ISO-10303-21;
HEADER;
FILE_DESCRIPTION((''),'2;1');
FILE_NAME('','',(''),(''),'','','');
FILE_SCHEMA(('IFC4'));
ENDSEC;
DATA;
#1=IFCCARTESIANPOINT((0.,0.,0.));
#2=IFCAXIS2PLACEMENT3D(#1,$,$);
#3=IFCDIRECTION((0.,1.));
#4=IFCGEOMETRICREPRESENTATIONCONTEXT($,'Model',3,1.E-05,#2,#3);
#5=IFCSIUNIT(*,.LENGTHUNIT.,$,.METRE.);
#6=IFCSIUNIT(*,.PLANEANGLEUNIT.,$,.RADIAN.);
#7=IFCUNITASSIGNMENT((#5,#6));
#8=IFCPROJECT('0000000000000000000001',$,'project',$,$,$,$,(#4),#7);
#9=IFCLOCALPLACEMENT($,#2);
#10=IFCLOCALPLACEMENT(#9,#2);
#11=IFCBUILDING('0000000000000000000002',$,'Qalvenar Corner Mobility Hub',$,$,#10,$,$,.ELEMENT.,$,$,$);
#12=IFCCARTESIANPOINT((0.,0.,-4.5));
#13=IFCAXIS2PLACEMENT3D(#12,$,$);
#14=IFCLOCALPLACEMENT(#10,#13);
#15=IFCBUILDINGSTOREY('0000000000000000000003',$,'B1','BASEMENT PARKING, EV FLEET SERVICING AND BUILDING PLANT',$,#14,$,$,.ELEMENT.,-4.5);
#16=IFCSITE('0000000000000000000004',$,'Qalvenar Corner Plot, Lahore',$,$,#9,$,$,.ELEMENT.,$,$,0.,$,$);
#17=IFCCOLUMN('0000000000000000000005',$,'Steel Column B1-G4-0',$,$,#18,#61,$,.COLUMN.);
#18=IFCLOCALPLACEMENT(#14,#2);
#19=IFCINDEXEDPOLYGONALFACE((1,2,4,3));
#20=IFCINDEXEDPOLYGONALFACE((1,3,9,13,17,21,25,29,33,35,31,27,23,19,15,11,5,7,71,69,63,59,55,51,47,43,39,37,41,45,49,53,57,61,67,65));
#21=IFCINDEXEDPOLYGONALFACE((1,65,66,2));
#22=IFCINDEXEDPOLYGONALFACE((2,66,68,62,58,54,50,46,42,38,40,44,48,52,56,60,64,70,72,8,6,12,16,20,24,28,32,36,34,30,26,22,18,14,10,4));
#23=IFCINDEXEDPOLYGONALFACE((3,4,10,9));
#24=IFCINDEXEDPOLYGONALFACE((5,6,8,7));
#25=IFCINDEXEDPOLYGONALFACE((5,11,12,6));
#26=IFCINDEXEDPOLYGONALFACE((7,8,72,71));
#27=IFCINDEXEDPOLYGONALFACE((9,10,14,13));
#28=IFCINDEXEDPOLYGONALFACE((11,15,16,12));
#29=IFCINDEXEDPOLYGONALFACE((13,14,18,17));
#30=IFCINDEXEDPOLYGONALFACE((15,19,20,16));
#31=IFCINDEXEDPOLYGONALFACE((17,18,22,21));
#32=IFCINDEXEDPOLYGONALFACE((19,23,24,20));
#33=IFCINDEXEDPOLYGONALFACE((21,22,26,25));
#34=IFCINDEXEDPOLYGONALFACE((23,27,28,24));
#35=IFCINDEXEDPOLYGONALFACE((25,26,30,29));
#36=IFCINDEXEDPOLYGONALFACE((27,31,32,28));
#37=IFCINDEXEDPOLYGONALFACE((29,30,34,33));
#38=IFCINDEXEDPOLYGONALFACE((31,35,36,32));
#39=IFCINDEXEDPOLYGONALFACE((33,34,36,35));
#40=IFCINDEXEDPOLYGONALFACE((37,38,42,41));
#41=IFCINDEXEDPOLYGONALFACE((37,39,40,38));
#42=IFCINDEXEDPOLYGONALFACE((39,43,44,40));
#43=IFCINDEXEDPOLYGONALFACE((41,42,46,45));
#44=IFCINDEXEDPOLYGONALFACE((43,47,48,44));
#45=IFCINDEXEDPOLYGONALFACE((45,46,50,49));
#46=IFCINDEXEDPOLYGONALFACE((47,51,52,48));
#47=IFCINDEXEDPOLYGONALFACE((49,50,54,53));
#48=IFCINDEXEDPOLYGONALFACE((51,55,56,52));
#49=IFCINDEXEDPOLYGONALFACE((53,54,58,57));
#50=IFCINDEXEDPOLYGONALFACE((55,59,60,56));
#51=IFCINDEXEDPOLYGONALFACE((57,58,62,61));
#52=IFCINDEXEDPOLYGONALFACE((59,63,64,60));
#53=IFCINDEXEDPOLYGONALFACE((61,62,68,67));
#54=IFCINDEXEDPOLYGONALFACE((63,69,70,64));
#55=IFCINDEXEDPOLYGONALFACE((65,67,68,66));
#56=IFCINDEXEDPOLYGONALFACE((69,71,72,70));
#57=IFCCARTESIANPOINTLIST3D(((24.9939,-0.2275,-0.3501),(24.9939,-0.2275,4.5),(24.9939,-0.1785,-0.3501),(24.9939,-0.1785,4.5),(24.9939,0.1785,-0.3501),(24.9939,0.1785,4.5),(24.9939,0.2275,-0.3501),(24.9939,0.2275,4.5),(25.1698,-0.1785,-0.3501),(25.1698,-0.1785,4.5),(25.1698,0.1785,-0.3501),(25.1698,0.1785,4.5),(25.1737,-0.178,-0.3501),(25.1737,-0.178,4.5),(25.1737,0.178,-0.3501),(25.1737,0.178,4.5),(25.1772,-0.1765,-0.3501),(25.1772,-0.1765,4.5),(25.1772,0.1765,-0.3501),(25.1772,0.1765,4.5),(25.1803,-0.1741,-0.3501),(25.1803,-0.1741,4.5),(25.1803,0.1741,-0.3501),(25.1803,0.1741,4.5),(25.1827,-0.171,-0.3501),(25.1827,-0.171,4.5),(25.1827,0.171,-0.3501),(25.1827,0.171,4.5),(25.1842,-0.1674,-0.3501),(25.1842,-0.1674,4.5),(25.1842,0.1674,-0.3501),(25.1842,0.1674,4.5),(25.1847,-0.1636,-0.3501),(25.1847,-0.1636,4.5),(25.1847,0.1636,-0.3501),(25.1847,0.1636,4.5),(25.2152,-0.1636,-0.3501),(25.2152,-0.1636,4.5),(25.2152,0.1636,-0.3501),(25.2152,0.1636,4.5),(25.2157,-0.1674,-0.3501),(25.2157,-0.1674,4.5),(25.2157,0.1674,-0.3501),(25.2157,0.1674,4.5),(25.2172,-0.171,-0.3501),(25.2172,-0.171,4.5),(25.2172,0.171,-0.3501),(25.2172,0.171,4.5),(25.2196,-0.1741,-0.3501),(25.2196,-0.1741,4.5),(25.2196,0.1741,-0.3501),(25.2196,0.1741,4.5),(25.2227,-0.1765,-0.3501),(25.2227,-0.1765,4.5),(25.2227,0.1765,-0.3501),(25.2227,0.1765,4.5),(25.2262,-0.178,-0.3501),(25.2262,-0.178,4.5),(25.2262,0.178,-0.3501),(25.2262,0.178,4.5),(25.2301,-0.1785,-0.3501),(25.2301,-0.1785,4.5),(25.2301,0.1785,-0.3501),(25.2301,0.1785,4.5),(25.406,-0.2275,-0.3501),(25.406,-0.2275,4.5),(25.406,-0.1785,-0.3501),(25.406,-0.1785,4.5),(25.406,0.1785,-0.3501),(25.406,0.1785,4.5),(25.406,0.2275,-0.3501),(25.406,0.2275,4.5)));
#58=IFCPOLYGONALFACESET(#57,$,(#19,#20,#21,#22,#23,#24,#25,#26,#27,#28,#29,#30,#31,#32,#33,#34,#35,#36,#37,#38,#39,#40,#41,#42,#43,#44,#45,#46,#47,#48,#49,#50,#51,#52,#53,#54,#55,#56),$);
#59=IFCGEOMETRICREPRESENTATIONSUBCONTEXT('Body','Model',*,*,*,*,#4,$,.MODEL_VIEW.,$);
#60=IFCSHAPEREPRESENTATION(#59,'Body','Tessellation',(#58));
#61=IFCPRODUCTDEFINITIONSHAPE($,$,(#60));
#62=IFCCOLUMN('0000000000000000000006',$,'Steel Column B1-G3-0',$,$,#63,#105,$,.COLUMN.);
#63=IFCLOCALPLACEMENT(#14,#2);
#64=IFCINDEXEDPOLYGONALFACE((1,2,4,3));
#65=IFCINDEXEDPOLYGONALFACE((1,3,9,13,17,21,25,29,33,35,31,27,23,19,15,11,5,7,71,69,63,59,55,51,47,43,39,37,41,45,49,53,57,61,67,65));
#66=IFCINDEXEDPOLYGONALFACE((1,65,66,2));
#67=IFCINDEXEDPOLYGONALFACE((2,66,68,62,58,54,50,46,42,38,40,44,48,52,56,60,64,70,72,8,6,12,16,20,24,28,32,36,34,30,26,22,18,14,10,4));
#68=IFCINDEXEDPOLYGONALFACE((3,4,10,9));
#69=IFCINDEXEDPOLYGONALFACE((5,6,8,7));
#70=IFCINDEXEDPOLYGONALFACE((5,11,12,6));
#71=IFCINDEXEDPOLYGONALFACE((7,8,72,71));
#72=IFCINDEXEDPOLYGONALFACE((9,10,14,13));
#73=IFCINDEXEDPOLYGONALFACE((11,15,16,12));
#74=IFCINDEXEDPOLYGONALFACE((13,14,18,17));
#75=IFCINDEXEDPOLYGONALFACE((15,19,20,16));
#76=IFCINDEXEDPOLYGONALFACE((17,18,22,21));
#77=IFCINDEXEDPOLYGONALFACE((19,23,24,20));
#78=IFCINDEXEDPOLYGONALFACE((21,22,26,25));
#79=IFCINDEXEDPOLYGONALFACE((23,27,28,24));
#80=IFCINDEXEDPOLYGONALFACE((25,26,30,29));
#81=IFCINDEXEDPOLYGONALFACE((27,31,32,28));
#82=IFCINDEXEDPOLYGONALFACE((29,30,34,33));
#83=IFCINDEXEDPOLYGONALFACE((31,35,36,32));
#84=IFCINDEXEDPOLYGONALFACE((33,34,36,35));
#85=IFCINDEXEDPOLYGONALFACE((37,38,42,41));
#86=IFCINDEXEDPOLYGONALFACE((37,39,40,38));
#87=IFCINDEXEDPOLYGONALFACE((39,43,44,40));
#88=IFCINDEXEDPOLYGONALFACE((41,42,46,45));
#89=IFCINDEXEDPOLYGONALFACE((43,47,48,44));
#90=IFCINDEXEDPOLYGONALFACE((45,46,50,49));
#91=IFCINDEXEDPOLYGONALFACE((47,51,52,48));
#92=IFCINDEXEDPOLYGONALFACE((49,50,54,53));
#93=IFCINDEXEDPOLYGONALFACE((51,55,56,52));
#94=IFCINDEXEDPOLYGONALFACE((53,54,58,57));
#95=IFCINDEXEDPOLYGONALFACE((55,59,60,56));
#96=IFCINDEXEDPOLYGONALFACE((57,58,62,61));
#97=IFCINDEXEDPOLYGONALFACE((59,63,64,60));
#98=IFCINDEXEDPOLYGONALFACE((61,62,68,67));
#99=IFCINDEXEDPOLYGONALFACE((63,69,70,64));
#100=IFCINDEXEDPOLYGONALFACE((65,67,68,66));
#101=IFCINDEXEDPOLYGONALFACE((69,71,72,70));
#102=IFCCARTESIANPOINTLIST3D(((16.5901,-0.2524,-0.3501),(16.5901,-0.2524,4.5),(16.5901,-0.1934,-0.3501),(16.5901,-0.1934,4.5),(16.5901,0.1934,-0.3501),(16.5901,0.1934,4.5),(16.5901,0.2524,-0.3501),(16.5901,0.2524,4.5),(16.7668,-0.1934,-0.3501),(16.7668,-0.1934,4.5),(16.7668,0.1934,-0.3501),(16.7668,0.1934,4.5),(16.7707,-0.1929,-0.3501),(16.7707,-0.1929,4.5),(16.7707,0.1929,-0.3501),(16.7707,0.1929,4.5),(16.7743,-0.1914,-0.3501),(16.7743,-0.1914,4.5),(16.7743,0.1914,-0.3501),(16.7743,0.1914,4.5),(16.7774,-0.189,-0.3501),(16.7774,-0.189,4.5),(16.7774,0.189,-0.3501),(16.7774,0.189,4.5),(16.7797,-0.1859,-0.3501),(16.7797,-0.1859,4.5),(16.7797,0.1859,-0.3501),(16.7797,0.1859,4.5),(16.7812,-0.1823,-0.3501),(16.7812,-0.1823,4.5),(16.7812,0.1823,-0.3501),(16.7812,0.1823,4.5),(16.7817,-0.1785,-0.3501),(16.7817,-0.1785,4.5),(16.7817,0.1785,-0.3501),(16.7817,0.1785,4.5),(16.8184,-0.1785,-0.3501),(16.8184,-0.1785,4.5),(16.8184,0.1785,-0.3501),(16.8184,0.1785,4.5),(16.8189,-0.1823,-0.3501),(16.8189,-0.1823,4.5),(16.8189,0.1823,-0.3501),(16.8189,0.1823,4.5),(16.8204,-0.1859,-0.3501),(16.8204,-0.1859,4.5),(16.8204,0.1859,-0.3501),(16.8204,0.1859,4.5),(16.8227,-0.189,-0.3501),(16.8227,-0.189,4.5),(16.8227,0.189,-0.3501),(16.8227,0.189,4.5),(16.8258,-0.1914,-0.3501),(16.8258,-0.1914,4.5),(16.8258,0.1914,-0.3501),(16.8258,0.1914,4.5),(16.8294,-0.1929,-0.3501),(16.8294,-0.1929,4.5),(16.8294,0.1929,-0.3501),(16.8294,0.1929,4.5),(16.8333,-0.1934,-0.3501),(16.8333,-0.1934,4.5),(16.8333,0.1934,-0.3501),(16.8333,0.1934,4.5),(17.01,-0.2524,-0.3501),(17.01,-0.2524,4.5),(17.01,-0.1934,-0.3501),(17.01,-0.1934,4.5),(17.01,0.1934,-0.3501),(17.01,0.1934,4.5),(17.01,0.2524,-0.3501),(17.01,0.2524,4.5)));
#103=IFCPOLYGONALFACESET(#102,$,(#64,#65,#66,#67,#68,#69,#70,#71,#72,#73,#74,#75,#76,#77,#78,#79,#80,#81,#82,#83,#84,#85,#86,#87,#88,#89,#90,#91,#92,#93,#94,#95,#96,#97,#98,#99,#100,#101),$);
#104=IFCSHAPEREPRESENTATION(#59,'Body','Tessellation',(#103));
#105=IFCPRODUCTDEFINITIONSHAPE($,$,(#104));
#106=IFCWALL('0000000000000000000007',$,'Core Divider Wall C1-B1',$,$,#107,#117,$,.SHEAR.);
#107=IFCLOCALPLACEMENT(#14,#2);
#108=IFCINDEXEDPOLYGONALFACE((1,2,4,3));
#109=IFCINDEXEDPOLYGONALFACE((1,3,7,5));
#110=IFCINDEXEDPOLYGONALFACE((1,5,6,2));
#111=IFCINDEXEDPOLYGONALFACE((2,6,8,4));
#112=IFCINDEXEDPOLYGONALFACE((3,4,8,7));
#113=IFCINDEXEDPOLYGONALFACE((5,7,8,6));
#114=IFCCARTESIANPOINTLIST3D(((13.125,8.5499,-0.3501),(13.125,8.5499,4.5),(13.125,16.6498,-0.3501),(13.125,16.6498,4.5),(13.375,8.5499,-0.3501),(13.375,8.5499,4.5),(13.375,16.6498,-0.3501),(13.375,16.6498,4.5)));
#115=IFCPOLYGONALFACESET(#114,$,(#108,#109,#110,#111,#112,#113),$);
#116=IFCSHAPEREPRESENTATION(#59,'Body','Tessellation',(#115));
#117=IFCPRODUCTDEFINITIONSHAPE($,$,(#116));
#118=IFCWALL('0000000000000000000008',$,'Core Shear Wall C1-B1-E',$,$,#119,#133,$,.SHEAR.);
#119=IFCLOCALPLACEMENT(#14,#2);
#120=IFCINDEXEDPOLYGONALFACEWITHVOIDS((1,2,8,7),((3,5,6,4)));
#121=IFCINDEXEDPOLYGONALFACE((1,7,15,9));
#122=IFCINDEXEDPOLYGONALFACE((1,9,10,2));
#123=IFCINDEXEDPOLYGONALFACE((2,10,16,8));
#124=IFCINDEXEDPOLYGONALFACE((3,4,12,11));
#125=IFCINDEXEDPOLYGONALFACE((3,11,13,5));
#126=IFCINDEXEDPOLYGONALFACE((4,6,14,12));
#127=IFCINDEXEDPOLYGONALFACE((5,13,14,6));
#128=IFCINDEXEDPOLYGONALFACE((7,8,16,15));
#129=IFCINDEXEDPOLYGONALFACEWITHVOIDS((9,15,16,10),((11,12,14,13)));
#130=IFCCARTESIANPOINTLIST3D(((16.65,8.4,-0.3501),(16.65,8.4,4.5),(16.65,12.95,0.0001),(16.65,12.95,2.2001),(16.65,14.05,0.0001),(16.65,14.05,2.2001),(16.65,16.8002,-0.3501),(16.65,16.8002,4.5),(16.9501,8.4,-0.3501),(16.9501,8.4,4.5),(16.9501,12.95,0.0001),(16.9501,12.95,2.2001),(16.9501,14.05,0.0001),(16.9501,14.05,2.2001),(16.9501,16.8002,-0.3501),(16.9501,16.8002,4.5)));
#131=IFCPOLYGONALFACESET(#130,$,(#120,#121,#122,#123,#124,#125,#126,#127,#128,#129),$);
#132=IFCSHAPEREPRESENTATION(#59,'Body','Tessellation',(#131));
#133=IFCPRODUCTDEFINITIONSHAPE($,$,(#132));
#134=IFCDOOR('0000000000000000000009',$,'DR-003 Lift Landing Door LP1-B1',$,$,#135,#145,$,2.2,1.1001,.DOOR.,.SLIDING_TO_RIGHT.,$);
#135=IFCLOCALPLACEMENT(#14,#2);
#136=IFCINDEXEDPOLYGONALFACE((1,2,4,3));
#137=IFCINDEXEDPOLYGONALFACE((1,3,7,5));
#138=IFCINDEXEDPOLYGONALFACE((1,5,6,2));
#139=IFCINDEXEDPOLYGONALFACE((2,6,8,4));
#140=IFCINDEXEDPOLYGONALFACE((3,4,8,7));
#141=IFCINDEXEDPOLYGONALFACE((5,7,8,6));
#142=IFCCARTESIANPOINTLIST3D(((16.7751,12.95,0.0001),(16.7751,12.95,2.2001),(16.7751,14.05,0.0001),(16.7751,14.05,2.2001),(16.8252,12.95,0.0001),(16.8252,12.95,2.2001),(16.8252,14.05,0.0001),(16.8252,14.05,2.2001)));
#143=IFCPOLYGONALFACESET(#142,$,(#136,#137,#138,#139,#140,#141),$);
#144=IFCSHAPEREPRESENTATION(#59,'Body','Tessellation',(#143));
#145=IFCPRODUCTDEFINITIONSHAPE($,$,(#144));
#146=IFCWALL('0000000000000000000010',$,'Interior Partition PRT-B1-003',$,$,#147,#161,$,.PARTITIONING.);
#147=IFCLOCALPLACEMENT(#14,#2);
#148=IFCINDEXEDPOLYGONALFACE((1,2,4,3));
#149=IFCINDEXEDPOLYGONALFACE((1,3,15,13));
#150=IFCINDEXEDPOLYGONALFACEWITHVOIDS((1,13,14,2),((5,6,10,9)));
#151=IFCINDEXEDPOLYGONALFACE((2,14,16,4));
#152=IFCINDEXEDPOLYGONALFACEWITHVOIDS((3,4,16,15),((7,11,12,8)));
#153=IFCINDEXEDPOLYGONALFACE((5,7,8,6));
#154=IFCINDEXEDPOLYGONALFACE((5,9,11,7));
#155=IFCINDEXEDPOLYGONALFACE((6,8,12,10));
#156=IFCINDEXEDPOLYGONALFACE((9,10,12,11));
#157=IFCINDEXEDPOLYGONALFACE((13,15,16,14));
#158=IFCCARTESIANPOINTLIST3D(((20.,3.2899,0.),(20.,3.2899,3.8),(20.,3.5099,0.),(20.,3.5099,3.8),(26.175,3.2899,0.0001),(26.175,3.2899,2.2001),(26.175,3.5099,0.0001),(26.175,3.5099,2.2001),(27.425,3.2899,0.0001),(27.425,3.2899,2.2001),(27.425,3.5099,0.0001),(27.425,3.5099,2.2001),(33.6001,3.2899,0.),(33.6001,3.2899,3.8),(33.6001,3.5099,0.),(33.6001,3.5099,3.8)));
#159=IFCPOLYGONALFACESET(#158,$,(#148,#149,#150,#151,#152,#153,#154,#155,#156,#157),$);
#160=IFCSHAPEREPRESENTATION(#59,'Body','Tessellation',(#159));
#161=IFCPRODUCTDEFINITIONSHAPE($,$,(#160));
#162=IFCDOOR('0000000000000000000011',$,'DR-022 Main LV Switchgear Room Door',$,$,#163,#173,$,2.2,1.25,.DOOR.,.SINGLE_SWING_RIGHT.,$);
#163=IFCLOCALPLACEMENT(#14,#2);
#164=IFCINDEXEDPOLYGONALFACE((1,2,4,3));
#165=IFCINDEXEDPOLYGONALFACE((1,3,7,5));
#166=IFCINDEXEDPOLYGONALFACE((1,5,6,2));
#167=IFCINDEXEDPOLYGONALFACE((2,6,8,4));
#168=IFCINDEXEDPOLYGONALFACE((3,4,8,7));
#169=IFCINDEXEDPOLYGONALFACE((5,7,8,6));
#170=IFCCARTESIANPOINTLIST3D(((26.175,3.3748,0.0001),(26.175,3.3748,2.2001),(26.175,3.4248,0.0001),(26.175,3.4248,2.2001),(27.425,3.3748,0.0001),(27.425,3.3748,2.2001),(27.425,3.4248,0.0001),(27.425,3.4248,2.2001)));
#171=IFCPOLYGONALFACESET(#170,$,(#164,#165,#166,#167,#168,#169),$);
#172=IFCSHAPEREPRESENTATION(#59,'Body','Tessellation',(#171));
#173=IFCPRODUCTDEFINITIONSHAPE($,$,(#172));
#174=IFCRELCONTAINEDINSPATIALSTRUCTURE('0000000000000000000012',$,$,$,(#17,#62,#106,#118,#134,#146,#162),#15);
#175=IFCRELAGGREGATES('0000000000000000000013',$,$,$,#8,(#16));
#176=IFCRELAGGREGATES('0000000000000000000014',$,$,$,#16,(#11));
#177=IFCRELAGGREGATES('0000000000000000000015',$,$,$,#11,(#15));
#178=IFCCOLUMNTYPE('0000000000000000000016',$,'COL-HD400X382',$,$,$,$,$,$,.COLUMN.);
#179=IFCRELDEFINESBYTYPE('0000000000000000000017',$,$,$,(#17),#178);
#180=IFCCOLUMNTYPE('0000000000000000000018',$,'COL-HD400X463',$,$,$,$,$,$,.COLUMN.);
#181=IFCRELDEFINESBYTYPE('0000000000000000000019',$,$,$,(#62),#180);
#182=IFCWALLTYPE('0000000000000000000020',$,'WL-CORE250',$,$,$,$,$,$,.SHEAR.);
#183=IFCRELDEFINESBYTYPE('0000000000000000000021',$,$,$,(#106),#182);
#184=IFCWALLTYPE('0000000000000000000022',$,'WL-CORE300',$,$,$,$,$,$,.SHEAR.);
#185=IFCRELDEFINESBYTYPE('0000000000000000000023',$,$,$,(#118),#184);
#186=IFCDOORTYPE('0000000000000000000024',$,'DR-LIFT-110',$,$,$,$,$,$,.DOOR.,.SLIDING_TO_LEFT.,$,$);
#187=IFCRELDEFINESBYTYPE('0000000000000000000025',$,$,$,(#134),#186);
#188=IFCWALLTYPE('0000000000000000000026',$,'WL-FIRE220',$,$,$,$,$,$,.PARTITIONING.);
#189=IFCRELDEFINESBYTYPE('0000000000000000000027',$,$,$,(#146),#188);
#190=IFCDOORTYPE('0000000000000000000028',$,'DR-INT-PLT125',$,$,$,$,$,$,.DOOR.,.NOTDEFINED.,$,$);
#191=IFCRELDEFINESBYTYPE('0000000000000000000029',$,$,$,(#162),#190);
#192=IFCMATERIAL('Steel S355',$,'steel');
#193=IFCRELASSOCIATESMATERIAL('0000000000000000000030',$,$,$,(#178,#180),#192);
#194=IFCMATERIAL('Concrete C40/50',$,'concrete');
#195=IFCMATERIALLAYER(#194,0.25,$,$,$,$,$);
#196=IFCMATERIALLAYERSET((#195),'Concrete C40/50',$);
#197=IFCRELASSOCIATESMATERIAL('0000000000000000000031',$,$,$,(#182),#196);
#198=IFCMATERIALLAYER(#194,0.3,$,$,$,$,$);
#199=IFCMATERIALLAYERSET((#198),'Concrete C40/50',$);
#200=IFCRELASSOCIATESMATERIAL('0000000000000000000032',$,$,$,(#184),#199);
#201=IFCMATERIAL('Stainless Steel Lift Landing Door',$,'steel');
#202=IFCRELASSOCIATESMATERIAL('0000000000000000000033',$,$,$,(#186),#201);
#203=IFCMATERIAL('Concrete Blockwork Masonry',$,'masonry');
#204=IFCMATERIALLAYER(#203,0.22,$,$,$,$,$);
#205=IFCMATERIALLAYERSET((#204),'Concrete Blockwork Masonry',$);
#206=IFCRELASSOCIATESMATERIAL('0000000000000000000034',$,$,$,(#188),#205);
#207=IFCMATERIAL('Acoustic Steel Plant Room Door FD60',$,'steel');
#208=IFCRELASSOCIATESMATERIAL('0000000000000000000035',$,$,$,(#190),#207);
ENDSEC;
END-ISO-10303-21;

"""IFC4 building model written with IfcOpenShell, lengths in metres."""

from ifc_helpers import new_model, si_unit, direction, frame, frame_2d, origin, origin_2d, place, context, subcontext, project, spatial, rectangle, i_section, extrude, material, layer, layer_set, material_profile, profile_set, type_object, element, fill, save


model = new_model("IFC4")

# Units and contexts
model_context = context("Model", 3, precision=1e-05, world=origin(), true_north=direction((0.0, 1.0)))
body_context = subcontext(model_context, "Body", "Model", "MODEL_VIEW")
ifc_project = project(units=[si_unit("LENGTHUNIT", "METRE"), si_unit("PLANEANGLEUNIT", "RADIAN")], contexts=[model_context])

# Site, building, storey
site_placement = place(None, origin())
site = spatial("IfcSite", under=ifc_project, at=site_placement, Name="Qalvenar Corner Plot, Lahore", CompositionType="ELEMENT", RefElevation=0.0)
building_placement = place(site_placement, origin())
building = spatial("IfcBuilding", under=site, at=building_placement, Name="Qalvenar Corner Mobility Hub", CompositionType="ELEMENT")
storey_placement = place(building_placement, frame((0.0, 0.0, -4.5)))
storey = spatial("IfcBuildingStorey", under=building, at=storey_placement, Name="B1", Description="BASEMENT PARKING, EV FLEET SERVICING AND BUILDING PLANT", CompositionType="ELEMENT", Elevation=-4.5)

# Shared definitions
ifc_material_1 = material(Name="Concrete C40/50", Category="concrete")

# Columns
ifc_material_2 = material(Name="Steel S355", Category="steel")
ifc_material_profile_1 = material_profile(ifc_material_2, i_section(OverallWidth=0.4121, OverallDepth=0.4551, WebThickness=0.0305, FlangeThickness=0.0491, FilletRadius=0.0149, at=origin_2d()), Name="HD400x421")
ifc_profile_set_1 = profile_set([ifc_material_profile_1], Name="Steel S355")
column_type_1 = type_object("IfcColumnType", Name="COL-HD400X382", PredefinedType="COLUMN", material=ifc_profile_set_1)
column_1_placement = place(storey_placement, frame((25.2, 0.0, -0.3501), z_axis=(0.0, 0.0, 1.0), x_axis=(1.0, 0.0, 0.0)))
element("IfcColumn", 1, at=column_1_placement, inside=storey, type_object=column_type_1, Name="Steel Column B1-G4-0", PredefinedType="COLUMN", context=body_context, shape_type="SweptSolid", body=[
    extrude(i_section(OverallWidth=0.4121, OverallDepth=0.4551, WebThickness=0.0305, FlangeThickness=0.0491, FilletRadius=0.0149, at=origin_2d()), origin(), (0.0, 0.0, 1.0), 4.8501),
])
ifc_material_profile_2 = material_profile(ifc_material_2, i_section(OverallWidth=0.4199, OverallDepth=0.5049, WebThickness=0.0366, FlangeThickness=0.0591, FilletRadius=0.0149, at=origin_2d()), Name="HD400x551")
ifc_profile_set_2 = profile_set([ifc_material_profile_2], Name="Steel S355")
column_type_2 = type_object("IfcColumnType", Name="COL-HD400X463", PredefinedType="COLUMN", material=ifc_profile_set_2)
column_2_placement = place(storey_placement, frame((16.8, 0.0, -0.3501), z_axis=(0.0, 0.0, 1.0), x_axis=(1.0, 0.0, 0.0)))
element("IfcColumn", 2, at=column_2_placement, inside=storey, type_object=column_type_2, Name="Steel Column B1-G3-0", PredefinedType="COLUMN", context=body_context, shape_type="SweptSolid", body=[
    extrude(i_section(OverallWidth=0.4199, OverallDepth=0.5049, WebThickness=0.0366, FlangeThickness=0.0591, FilletRadius=0.0149, at=origin_2d()), origin(), (0.0, 0.0, 1.0), 4.8501),
])

# Wall
ifc_layer_1 = layer(ifc_material_1, 0.25)
ifc_layer_set_1 = layer_set([ifc_layer_1], Name="Concrete C40/50")
wall_type_1 = type_object("IfcWallType", Name="WL-CORE250", PredefinedType="SHEAR", material=ifc_layer_set_1)
wall_1_placement = place(storey_placement, frame((13.25, 8.55, -0.3501), z_axis=(0.0, 0.0, 1.0), x_axis=(0.0, 1.0, 0.0)))
element("IfcWall", 3, at=wall_1_placement, inside=storey, type_object=wall_type_1, Name="Core Divider Wall C1-B1", PredefinedType="SHEAR", context=body_context, shape_type="SweptSolid", body=[
    extrude(rectangle(XDim=8.0999, YDim=0.25, at=frame_2d((4.0498, 0.0))), origin(), (0.0, 0.0, 1.0), 4.8501),
])

# Walls, openings, doors
ifc_layer_2 = layer(ifc_material_1, 0.3)
ifc_layer_set_2 = layer_set([ifc_layer_2], Name="Concrete C40/50")
wall_type_2 = type_object("IfcWallType", Name="WL-CORE300", PredefinedType="SHEAR", material=ifc_layer_set_2)
wall_2_placement = place(storey_placement, frame((16.8, 8.3999, -0.3501), z_axis=(0.0, 0.0, 1.0), x_axis=(0.0, 1.0, 0.0)))
wall_2 = element("IfcWall", 4, at=wall_2_placement, inside=storey, type_object=wall_type_2, Name="Core Shear Wall C1-B1-E", PredefinedType="SHEAR", context=body_context, shape_type="SweptSolid", body=[
    extrude(rectangle(XDim=8.4001, YDim=0.3, at=frame_2d((4.2002, 0.0))), origin(), (0.0, 0.0, 1.0), 4.8501),
])
opening_1_placement = place(wall_2_placement, frame((4.55, 0.0, 0.3501)))
opening_1 = element("IfcOpeningElement", 5, at=opening_1_placement, cuts=wall_2, PredefinedType="OPENING", context=body_context, shape_type="SweptSolid", body=[
    extrude(rectangle(XDim=1.1001, YDim=2.2, at=frame_2d((0.55, 1.1001))), frame((0.0, 0.1602, 0.0), z_axis=(0.0, -1.0, 0.0), x_axis=(1.0, 0.0, 0.0)), (0.0, 0.0, 1.0), 0.3201),
])
ifc_material_3 = material(Name="Stainless Steel Lift Landing Door", Category="steel")
door_type_1 = type_object("IfcDoorType", Name="DR-LIFT-110", OperationType="SLIDING_TO_LEFT", PredefinedType="DOOR", material=ifc_material_3)
door_1_placement = place(opening_1_placement, origin())
door_1 = element("IfcDoor", 6, at=door_1_placement, inside=storey, type_object=door_type_1, Name="DR-003 Lift Landing Door LP1-B1", OperationType="SLIDING_TO_RIGHT", OverallHeight=2.2, OverallWidth=1.1001, PredefinedType="DOOR", context=body_context, shape_type="SweptSolid", body=[
    extrude(rectangle(XDim=1.1001, YDim=2.2, at=frame_2d((0.55, 1.1001))), frame((0.0, 0.0249, 0.0), z_axis=(0.0, -1.0, 0.0), x_axis=(1.0, 0.0, 0.0)), (0.0, 0.0, 1.0), 0.05),
])
fill(opening_1, door_1)
ifc_material_4 = material(Name="Concrete Blockwork Masonry", Category="masonry")
ifc_layer_3 = layer(ifc_material_4, 0.22)
ifc_layer_set_3 = layer_set([ifc_layer_3], Name="Concrete Blockwork Masonry")
wall_type_3 = type_object("IfcWallType", Name="WL-FIRE220", PredefinedType="PARTITIONING", material=ifc_layer_set_3)
wall_3_placement = place(storey_placement, frame((20.0, 3.3999, 0.0), z_axis=(0.0, 0.0, 1.0), x_axis=(1.0, 0.0, 0.0)))
wall_3 = element("IfcWall", 7, at=wall_3_placement, inside=storey, type_object=wall_type_3, Name="Interior Partition PRT-B1-003", PredefinedType="PARTITIONING", context=body_context, shape_type="SweptSolid", body=[
    extrude(rectangle(XDim=13.6001, YDim=0.22, at=frame_2d((6.8, 0.0))), origin(), (0.0, 0.0, 1.0), 3.8),
])
opening_2_placement = place(wall_3_placement, frame((6.175, 0.0, 0.0)))
opening_2 = element("IfcOpeningElement", 8, at=opening_2_placement, cuts=wall_3, PredefinedType="OPENING", context=body_context, shape_type="SweptSolid", body=[
    extrude(rectangle(XDim=1.25, YDim=2.2, at=frame_2d((0.625, 1.1001))), frame((0.0, 0.1201, 0.0), z_axis=(0.0, -1.0, 0.0), x_axis=(1.0, 0.0, 0.0)), (0.0, 0.0, 1.0), 0.24),
])
ifc_material_5 = material(Name="Acoustic Steel Plant Room Door FD60", Category="steel")
door_type_2 = type_object("IfcDoorType", Name="DR-INT-PLT125", OperationType="NOTDEFINED", PredefinedType="DOOR", material=ifc_material_5)
door_2_placement = place(opening_2_placement, origin())
door_2 = element("IfcDoor", 9, at=door_2_placement, inside=storey, type_object=door_type_2, Name="DR-022 Main LV Switchgear Room Door", OperationType="SINGLE_SWING_RIGHT", OverallHeight=2.2, OverallWidth=1.25, PredefinedType="DOOR", context=body_context, shape_type="SweptSolid", body=[
    extrude(rectangle(XDim=1.25, YDim=2.2, at=frame_2d((0.625, 1.1001))), frame((0.0, 0.0249, 0.0), z_axis=(0.0, -1.0, 0.0), x_axis=(1.0, 0.0, 0.0)), (0.0, 0.0, 1.0), 0.05),
])
fill(opening_2, door_2)

save(model, "model.ifc")
